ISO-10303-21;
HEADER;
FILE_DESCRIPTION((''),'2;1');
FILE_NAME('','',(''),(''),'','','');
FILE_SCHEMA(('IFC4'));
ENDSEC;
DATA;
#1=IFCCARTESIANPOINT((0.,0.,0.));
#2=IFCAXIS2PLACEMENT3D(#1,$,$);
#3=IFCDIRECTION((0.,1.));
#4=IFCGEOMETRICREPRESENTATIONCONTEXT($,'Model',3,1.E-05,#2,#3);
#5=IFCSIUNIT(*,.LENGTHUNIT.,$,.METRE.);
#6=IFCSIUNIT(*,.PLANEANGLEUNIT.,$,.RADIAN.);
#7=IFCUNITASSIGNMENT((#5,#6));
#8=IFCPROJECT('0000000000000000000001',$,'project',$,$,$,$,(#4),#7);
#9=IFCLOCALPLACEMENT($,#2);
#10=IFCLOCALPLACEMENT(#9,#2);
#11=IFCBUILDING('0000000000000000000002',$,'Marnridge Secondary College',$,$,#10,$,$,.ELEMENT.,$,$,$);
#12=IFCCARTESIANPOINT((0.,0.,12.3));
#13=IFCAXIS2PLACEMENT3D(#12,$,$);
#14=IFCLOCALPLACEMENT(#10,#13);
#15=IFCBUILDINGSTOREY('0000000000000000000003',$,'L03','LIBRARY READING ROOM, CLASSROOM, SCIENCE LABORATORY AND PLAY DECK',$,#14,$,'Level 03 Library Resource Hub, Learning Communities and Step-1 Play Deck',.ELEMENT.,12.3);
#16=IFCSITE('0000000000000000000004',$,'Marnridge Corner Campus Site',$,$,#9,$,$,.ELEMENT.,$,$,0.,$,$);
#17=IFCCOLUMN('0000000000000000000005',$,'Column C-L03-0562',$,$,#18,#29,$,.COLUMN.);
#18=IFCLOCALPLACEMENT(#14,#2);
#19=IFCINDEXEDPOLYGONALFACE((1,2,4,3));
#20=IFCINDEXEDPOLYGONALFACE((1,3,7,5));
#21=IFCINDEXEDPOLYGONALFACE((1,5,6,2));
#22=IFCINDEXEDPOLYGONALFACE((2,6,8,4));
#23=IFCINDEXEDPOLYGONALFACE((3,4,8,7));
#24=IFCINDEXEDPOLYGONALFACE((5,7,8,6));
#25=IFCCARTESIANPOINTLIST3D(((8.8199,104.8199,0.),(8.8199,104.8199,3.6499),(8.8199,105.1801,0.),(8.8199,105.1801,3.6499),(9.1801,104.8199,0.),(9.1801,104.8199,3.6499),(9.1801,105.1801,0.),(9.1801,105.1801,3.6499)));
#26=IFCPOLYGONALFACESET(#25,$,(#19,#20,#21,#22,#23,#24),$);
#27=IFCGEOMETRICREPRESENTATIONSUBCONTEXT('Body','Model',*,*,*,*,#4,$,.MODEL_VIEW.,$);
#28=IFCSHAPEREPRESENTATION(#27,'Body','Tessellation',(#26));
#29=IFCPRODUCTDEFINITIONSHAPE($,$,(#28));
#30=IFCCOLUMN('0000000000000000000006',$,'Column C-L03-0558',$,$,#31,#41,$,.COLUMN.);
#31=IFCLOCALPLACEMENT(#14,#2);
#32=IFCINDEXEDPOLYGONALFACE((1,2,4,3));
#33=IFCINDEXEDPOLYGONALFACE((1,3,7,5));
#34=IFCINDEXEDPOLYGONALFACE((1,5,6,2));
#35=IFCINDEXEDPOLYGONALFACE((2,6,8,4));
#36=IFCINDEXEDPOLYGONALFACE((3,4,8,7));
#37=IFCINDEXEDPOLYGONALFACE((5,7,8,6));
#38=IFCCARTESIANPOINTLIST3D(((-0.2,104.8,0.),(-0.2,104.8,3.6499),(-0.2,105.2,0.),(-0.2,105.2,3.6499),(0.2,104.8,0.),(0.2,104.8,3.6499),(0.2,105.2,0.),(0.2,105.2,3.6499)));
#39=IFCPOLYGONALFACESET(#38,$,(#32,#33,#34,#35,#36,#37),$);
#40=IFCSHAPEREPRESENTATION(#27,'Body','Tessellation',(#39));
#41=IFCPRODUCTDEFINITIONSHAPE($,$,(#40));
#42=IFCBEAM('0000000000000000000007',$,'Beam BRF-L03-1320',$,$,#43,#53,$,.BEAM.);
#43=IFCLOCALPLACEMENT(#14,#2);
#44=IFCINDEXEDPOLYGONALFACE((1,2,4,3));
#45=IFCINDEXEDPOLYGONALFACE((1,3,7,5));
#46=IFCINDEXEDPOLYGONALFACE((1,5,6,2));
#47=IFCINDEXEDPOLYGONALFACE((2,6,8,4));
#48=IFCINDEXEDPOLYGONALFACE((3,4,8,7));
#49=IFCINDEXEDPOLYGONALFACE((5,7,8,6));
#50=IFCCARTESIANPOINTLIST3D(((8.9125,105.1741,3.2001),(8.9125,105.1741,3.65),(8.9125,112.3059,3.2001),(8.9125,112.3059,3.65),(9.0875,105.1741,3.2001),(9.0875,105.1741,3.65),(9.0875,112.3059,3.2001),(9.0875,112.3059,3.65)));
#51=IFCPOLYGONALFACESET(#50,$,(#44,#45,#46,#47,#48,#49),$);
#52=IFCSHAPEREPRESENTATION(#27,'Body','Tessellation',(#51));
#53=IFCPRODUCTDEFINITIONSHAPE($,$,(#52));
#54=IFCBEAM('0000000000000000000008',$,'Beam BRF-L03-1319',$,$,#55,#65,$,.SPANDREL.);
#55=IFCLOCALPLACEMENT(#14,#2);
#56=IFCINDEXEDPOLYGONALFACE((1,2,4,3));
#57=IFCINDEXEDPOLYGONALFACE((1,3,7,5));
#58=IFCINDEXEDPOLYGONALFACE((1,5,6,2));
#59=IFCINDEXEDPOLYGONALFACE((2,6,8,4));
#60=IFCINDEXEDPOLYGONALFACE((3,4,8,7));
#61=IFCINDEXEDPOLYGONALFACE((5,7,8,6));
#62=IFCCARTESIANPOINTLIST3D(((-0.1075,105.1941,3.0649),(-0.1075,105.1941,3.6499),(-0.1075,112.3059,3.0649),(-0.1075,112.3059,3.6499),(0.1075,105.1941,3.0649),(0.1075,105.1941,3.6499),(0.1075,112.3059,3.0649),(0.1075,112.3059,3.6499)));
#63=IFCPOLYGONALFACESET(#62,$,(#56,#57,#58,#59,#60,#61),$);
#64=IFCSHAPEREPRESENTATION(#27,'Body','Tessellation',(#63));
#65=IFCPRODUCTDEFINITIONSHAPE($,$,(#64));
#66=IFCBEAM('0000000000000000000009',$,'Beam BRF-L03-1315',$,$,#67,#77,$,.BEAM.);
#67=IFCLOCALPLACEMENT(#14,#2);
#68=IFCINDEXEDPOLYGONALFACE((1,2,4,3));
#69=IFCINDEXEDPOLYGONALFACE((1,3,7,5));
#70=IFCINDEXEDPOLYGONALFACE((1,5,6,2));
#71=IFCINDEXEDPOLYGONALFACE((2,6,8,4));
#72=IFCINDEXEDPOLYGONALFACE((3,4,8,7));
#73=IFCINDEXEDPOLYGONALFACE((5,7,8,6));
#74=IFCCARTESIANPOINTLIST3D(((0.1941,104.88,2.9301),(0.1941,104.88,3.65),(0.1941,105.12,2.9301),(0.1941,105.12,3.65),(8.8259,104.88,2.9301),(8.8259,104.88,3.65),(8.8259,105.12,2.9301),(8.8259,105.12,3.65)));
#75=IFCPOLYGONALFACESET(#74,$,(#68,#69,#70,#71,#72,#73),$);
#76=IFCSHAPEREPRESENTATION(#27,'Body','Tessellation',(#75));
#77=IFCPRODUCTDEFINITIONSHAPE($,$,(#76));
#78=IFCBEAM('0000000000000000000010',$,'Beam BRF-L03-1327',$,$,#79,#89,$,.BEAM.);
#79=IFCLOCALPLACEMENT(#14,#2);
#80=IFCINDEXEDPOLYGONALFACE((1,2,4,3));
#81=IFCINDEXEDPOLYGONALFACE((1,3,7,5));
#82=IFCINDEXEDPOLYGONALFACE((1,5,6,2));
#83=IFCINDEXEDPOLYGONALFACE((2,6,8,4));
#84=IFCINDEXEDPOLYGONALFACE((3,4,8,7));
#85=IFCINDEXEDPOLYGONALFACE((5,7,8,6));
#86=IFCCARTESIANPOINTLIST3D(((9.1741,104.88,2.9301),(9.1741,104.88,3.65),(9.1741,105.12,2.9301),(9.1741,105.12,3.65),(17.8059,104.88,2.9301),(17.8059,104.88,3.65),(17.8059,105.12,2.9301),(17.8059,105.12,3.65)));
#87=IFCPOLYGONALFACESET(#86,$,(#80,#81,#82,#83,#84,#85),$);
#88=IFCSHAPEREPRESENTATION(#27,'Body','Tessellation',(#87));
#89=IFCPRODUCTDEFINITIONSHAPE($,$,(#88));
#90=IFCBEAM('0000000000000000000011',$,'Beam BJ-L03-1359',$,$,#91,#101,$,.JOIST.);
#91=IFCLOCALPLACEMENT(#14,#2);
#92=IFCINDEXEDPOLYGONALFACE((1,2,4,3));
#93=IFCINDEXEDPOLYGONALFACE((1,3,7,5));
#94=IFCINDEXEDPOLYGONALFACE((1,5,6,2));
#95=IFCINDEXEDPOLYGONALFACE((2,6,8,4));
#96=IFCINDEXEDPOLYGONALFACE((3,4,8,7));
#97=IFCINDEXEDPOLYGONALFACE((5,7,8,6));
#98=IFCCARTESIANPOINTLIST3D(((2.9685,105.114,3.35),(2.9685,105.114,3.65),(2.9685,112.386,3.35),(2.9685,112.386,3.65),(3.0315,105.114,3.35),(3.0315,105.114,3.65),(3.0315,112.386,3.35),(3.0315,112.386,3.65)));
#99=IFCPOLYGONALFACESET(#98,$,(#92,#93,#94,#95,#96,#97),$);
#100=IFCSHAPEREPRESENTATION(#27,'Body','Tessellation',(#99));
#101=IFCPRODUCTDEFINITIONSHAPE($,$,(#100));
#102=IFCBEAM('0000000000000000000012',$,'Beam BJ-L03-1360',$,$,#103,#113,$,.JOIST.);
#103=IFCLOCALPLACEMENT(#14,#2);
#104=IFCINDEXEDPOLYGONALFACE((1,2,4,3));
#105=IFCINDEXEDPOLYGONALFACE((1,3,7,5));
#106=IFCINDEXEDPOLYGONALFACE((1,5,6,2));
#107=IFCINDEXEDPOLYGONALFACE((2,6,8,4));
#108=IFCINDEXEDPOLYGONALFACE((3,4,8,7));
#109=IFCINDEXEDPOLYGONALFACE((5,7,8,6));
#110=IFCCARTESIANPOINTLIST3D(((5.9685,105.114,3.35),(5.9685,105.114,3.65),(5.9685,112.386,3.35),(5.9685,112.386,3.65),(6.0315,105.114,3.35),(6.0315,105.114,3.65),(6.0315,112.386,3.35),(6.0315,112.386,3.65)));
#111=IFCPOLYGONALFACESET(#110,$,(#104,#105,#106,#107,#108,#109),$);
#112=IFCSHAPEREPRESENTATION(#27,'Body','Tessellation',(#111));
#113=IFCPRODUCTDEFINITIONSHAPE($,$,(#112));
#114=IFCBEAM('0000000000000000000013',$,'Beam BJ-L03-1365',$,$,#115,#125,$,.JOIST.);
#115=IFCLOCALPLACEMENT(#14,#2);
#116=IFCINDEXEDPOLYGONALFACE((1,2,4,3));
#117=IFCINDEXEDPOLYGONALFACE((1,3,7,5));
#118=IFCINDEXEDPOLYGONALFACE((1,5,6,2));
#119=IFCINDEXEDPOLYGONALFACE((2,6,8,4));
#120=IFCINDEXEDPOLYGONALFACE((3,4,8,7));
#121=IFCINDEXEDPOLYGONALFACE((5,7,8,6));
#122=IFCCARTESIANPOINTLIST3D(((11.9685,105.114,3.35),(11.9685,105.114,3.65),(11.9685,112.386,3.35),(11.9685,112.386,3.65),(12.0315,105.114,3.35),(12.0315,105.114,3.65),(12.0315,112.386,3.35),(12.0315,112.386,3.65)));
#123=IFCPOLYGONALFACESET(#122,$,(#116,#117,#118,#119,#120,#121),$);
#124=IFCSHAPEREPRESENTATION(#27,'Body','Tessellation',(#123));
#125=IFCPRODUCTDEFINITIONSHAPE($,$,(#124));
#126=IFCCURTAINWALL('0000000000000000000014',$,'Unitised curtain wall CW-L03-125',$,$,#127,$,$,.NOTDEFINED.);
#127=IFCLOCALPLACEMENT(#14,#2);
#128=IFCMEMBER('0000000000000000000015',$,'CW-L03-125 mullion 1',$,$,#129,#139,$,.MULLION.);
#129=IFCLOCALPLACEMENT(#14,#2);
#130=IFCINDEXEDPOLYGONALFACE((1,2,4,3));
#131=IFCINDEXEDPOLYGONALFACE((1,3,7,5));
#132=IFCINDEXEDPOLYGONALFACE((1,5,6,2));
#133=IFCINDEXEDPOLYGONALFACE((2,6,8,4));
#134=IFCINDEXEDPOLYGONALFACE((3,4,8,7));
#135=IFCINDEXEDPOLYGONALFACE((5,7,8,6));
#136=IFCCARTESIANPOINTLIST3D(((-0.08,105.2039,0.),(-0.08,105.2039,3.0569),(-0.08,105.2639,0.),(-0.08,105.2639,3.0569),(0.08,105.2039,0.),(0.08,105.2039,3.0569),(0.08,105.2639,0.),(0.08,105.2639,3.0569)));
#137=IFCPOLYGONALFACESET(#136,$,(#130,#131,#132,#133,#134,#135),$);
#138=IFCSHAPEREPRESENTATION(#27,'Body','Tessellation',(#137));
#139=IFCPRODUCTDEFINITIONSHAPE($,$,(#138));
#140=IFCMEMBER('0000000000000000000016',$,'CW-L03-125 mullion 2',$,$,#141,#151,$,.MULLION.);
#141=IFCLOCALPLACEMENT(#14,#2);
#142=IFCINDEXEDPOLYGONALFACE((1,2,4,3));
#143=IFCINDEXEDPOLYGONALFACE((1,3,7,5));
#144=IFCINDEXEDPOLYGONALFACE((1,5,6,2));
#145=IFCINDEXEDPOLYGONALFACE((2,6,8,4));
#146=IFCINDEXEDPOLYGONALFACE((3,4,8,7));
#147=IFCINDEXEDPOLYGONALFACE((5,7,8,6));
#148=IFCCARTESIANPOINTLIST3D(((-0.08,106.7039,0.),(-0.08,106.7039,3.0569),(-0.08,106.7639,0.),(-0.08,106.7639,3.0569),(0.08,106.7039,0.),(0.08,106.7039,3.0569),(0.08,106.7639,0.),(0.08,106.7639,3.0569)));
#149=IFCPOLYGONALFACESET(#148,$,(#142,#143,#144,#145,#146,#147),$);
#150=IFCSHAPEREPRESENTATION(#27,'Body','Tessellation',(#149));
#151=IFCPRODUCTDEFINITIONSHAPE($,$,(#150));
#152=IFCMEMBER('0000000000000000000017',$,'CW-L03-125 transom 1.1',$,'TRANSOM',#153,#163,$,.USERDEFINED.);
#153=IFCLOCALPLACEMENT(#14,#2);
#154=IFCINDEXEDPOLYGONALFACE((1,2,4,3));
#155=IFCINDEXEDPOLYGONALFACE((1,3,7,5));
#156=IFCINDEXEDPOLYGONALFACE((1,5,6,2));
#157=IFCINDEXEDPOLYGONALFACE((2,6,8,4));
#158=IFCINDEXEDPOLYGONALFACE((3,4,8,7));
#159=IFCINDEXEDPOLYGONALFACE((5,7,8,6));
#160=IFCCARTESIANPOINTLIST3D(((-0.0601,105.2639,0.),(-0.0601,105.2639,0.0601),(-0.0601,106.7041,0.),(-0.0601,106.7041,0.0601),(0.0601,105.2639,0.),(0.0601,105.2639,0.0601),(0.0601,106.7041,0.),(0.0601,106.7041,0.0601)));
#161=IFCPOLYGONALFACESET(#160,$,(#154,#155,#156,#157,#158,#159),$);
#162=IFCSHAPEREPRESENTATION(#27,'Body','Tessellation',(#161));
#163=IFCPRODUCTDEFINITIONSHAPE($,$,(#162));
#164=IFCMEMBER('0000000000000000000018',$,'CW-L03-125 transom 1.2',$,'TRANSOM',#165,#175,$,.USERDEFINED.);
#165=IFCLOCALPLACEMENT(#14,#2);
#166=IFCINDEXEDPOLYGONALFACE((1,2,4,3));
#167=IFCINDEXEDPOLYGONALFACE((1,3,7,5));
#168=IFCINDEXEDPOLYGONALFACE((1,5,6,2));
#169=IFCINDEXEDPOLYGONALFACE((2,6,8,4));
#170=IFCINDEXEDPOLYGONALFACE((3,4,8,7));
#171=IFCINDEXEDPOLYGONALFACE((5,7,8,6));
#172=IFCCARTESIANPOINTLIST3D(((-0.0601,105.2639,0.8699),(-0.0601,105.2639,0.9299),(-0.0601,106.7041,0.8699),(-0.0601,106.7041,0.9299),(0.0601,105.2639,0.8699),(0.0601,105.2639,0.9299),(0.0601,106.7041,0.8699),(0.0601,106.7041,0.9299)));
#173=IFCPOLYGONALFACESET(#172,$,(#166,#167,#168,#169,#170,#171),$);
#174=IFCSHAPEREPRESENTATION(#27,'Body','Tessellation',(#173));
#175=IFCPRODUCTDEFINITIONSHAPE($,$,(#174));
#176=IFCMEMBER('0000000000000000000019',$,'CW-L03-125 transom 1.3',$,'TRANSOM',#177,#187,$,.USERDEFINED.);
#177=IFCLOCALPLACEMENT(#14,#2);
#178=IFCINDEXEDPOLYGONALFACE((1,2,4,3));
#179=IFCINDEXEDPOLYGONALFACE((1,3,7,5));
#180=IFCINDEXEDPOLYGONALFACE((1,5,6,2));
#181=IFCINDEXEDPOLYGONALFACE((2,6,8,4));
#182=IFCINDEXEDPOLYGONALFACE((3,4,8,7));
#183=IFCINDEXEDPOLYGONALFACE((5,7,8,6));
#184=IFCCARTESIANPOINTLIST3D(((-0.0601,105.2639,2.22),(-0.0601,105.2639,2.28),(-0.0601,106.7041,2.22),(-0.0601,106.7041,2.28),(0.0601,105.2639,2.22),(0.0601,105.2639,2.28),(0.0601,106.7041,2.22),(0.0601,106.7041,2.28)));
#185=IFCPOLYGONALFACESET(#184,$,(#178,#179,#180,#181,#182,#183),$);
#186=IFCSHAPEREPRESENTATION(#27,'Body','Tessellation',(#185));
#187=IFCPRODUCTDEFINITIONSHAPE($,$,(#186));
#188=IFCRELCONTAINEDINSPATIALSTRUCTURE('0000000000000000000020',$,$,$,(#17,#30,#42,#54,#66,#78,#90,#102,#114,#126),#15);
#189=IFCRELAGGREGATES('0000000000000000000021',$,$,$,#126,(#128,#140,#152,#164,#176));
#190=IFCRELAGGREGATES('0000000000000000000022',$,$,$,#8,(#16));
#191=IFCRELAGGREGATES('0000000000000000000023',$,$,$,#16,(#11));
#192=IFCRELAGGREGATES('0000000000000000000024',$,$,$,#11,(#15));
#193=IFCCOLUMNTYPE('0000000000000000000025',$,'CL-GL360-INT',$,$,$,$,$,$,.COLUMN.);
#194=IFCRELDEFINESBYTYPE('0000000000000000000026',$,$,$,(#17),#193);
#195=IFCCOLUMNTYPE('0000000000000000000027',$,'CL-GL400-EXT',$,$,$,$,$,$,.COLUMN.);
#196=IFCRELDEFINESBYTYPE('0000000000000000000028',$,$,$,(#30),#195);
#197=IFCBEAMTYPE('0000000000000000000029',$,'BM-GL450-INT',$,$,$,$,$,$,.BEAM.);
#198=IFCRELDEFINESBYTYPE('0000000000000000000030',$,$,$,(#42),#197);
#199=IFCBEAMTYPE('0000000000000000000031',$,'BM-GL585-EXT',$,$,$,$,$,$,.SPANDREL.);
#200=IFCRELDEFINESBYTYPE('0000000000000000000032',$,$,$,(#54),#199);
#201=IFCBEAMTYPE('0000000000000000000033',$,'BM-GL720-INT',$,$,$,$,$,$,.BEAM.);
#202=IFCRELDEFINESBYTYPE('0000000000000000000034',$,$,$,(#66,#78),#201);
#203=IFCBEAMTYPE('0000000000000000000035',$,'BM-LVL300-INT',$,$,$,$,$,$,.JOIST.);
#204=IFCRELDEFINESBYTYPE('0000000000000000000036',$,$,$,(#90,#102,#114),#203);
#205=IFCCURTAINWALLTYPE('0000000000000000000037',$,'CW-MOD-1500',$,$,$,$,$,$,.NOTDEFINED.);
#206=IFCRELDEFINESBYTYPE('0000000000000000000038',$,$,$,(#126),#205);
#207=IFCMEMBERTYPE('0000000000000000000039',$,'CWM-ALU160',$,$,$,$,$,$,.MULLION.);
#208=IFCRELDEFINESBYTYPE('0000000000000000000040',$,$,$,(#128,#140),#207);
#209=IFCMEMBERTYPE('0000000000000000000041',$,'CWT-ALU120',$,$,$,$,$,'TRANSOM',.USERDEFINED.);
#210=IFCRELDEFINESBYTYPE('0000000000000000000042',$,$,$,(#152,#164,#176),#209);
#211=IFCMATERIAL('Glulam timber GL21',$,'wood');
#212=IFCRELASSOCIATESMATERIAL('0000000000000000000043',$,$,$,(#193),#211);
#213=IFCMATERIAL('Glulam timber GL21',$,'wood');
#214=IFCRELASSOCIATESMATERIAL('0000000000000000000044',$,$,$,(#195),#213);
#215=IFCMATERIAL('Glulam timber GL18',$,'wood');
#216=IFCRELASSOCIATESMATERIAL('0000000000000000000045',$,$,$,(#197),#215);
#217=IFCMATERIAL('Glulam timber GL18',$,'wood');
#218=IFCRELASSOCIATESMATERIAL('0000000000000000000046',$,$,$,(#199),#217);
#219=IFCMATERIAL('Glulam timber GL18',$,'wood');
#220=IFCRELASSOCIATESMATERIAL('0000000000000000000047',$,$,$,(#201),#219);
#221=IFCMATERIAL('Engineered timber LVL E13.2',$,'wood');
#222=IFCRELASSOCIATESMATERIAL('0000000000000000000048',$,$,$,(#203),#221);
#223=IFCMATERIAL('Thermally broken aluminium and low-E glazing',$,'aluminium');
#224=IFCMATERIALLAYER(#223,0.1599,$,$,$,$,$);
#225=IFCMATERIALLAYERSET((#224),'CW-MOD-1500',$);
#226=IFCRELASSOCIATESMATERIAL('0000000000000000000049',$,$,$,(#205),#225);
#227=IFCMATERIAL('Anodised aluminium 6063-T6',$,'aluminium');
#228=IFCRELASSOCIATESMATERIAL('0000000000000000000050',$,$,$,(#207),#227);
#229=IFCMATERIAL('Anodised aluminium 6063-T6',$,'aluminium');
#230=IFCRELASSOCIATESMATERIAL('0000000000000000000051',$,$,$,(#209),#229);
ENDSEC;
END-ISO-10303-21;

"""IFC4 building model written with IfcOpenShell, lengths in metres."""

from ifc_helpers import new_model, si_unit, direction, frame, origin, origin_2d, place, context, subcontext, project, spatial, rectangle, extrude, material, layer, layer_set, material_profile, profile_set, type_object, element, aggregate, save


model = new_model("IFC4")

# Units and contexts
model_context = context("Model", 3, precision=1e-05, world=origin(), true_north=direction((0.0, 1.0)))
body_context = subcontext(model_context, "Body", "Model", "MODEL_VIEW")
ifc_project = project(units=[si_unit("LENGTHUNIT", "METRE"), si_unit("PLANEANGLEUNIT", "RADIAN")], contexts=[model_context])

# Site, building, storey
site_placement = place(None, origin())
site = spatial("IfcSite", under=ifc_project, at=site_placement, Name="Marnridge Corner Campus Site", CompositionType="ELEMENT", RefElevation=0.0)
building_placement = place(site_placement, origin())
building = spatial("IfcBuilding", under=site, at=building_placement, Name="Marnridge Secondary College", CompositionType="ELEMENT")
storey_placement = place(building_placement, frame((0.0, 0.0, 12.3)))
storey = spatial("IfcBuildingStorey", under=building, at=storey_placement, Name="L03", Description="LIBRARY READING ROOM, CLASSROOM, SCIENCE LABORATORY AND PLAY DECK", LongName="Level 03 Library Resource Hub, Learning Communities and Step-1 Play Deck", CompositionType="ELEMENT", Elevation=12.3)

# Columns
ifc_material_1 = material(Name="Glulam timber GL21", Category="wood")
ifc_material_profile_1 = material_profile(ifc_material_1, rectangle(XDim=0.3601, YDim=0.3601, at=origin_2d()), Name="GL21 360x360")
ifc_profile_set_1 = profile_set([ifc_material_profile_1], Name="Glulam timber GL21")
column_type_1 = type_object("IfcColumnType", Name="CL-GL360-INT", PredefinedType="COLUMN", material=ifc_profile_set_1)
column_1_placement = place(storey_placement, frame((9.0, 105.0, 0.0), z_axis=(0.0, 0.0, 1.0), x_axis=(1.0, 0.0, 0.0)))
element("IfcColumn", 1, at=column_1_placement, inside=storey, type_object=column_type_1, Name="Column C-L03-0562", PredefinedType="COLUMN", context=body_context, shape_type="SweptSolid", body=[
    extrude(rectangle(XDim=0.3601, YDim=0.3601, at=origin_2d()), origin(), (0.0, 0.0, 1.0), 3.6499),
])
ifc_material_2 = material(Name="Glulam timber GL21", Category="wood")
ifc_material_profile_2 = material_profile(ifc_material_2, rectangle(XDim=0.3999, YDim=0.3999, at=origin_2d()), Name="GL21 400x400")
ifc_profile_set_2 = profile_set([ifc_material_profile_2], Name="Glulam timber GL21")
column_type_2 = type_object("IfcColumnType", Name="CL-GL400-EXT", PredefinedType="COLUMN", material=ifc_profile_set_2)
column_2_placement = place(storey_placement, frame((0.0, 105.0, 0.0), z_axis=(0.0, 0.0, 1.0), x_axis=(1.0, 0.0, 0.0)))
element("IfcColumn", 2, at=column_2_placement, inside=storey, type_object=column_type_2, Name="Column C-L03-0558", PredefinedType="COLUMN", context=body_context, shape_type="SweptSolid", body=[
    extrude(rectangle(XDim=0.3999, YDim=0.3999, at=origin_2d()), origin(), (0.0, 0.0, 1.0), 3.6499),
])

# Beams
ifc_material_3 = material(Name="Glulam timber GL18", Category="wood")
ifc_material_profile_3 = material_profile(ifc_material_3, rectangle(XDim=0.175, YDim=0.45, at=origin_2d()), Name="GL18 175x450")
ifc_profile_set_3 = profile_set([ifc_material_profile_3], Name="Glulam timber GL18")
beam_type_1 = type_object("IfcBeamType", Name="BM-GL450-INT", PredefinedType="BEAM", material=ifc_profile_set_3)
beam_1_placement = place(storey_placement, frame((9.0, 105.1741, 3.425), z_axis=(0.0, 1.0, 0.0), x_axis=(-1.0, 0.0, 0.0)))
element("IfcBeam", 3, at=beam_1_placement, inside=storey, type_object=beam_type_1, Name="Beam BRF-L03-1320", PredefinedType="BEAM", context=body_context, shape_type="SweptSolid", body=[
    extrude(rectangle(XDim=0.175, YDim=0.45, at=origin_2d()), origin(), (0.0, 0.0, 1.0), 7.1318),
])
ifc_material_4 = material(Name="Glulam timber GL18", Category="wood")
ifc_material_profile_4 = material_profile(ifc_material_4, rectangle(XDim=0.2151, YDim=0.585, at=origin_2d()), Name="GL18 215x585")
ifc_profile_set_4 = profile_set([ifc_material_profile_4], Name="Glulam timber GL18")
beam_type_2 = type_object("IfcBeamType", Name="BM-GL585-EXT", PredefinedType="SPANDREL", material=ifc_profile_set_4)
beam_2_placement = place(storey_placement, frame((0.0, 105.1941, 3.3574), z_axis=(0.0, 1.0, 0.0), x_axis=(-1.0, 0.0, 0.0)))
element("IfcBeam", 4, at=beam_2_placement, inside=storey, type_object=beam_type_2, Name="Beam BRF-L03-1319", PredefinedType="SPANDREL", context=body_context, shape_type="SweptSolid", body=[
    extrude(rectangle(XDim=0.2151, YDim=0.585, at=origin_2d()), origin(), (0.0, 0.0, 1.0), 7.1118),
])
ifc_material_5 = material(Name="Glulam timber GL18", Category="wood")
ifc_material_profile_5 = material_profile(ifc_material_5, rectangle(XDim=0.24, YDim=0.72, at=origin_2d()), Name="GL18 240x720")
ifc_profile_set_5 = profile_set([ifc_material_profile_5], Name="Glulam timber GL18")
beam_type_3 = type_object("IfcBeamType", Name="BM-GL720-INT", PredefinedType="BEAM", material=ifc_profile_set_5)
for number, where, z_axis, x_axis, name in (
    (5, (0.1941, 105.0, 3.29), (1.0, 0.0, 0.0), (0.0, 1.0, 0.0), "Beam BRF-L03-1315"),
    (6, (9.1741, 105.0, 3.29), (1.0, 0.0, 0.0), (0.0, 1.0, 0.0), "Beam BRF-L03-1327"),
):
    element("IfcBeam", number, at=place(storey_placement, frame(where, z_axis=z_axis, x_axis=x_axis)), inside=storey, type_object=beam_type_3, Name=name, PredefinedType="BEAM", context=body_context, shape_type="SweptSolid", body=[
        extrude(rectangle(XDim=0.24, YDim=0.72, at=origin_2d()), origin(), (0.0, 0.0, 1.0), 8.6318),
    ])
ifc_material_6 = material(Name="Engineered timber LVL E13.2", Category="wood")
ifc_material_profile_6 = material_profile(ifc_material_6, rectangle(XDim=0.063, YDim=0.3, at=origin_2d()), Name="LVL 63x300")
ifc_profile_set_6 = profile_set([ifc_material_profile_6], Name="Engineered timber LVL E13.2")
beam_type_4 = type_object("IfcBeamType", Name="BM-LVL300-INT", PredefinedType="JOIST", material=ifc_profile_set_6)
for number, where, z_axis, x_axis, name in (
    (7, (3.0, 105.114, 3.5), (0.0, 1.0, 0.0), (-1.0, 0.0, 0.0), "Beam BJ-L03-1359"),
    (8, (6.0, 105.114, 3.5), (0.0, 1.0, 0.0), (-1.0, 0.0, 0.0), "Beam BJ-L03-1360"),
    (9, (12.0, 105.114, 3.5), (0.0, 1.0, 0.0), (-1.0, 0.0, 0.0), "Beam BJ-L03-1365"),
):
    element("IfcBeam", number, at=place(storey_placement, frame(where, z_axis=z_axis, x_axis=x_axis)), inside=storey, type_object=beam_type_4, Name=name, PredefinedType="JOIST", context=body_context, shape_type="SweptSolid", body=[
        extrude(rectangle(XDim=0.063, YDim=0.3, at=origin_2d()), origin(), (0.0, 0.0, 1.0), 7.272),
    ])

# Curtain wall, members
ifc_material_7 = material(Name="Thermally broken aluminium and low-E glazing", Category="aluminium")
ifc_layer_1 = layer(ifc_material_7, 0.1599)
ifc_layer_set_1 = layer_set([ifc_layer_1], Name="CW-MOD-1500")
curtain_wall_type = type_object("IfcCurtainWallType", Name="CW-MOD-1500", PredefinedType="NOTDEFINED", material=ifc_layer_set_1)
curtain_wall_placement = place(storey_placement, origin())
curtain_wall = element("IfcCurtainWall", 10, at=curtain_wall_placement, inside=storey, type_object=curtain_wall_type, Name="Unitised curtain wall CW-L03-125", PredefinedType="NOTDEFINED")
ifc_material_8 = material(Name="Anodised aluminium 6063-T6", Category="aluminium")
ifc_material_profile_7 = material_profile(ifc_material_8, rectangle(XDim=0.0601, YDim=0.1599, at=origin_2d()), Name="ALU 60x160")
ifc_profile_set_7 = profile_set([ifc_material_profile_7], Name="Anodised aluminium 6063-T6")
member_type_1 = type_object("IfcMemberType", Name="CWM-ALU160", PredefinedType="MULLION", material=ifc_profile_set_7)
member_1_placement = place(storey_placement, frame((0.0, 105.2339, 0.0), z_axis=(0.0, 0.0, 1.0), x_axis=(0.0, 1.0, 0.0)))
member_1 = element("IfcMember", 11, at=member_1_placement, type_object=member_type_1, Name="CW-L03-125 mullion 1", PredefinedType="MULLION", context=body_context, shape_type="SweptSolid", body=[
    extrude(rectangle(XDim=0.0601, YDim=0.1599, at=origin_2d()), origin(), (0.0, 0.0, 1.0), 3.0569),
])
member_2_placement = place(storey_placement, frame((0.0, 106.7339, 0.0), z_axis=(0.0, 0.0, 1.0), x_axis=(0.0, 1.0, 0.0)))
member_2 = element("IfcMember", 12, at=member_2_placement, type_object=member_type_1, Name="CW-L03-125 mullion 2", PredefinedType="MULLION", context=body_context, shape_type="SweptSolid", body=[
    extrude(rectangle(XDim=0.0601, YDim=0.1599, at=origin_2d()), origin(), (0.0, 0.0, 1.0), 3.0569),
])
ifc_material_9 = material(Name="Anodised aluminium 6063-T6", Category="aluminium")
ifc_material_profile_8 = material_profile(ifc_material_9, rectangle(XDim=0.0601, YDim=0.1201, at=origin_2d()), Name="ALU 60x120")
ifc_profile_set_8 = profile_set([ifc_material_profile_8], Name="Anodised aluminium 6063-T6")
member_type_2 = type_object("IfcMemberType", Name="CWT-ALU120", ElementType="TRANSOM", PredefinedType="USERDEFINED", material=ifc_profile_set_8)
member_3_placement = place(storey_placement, frame((0.0, 105.2639, 0.03), z_axis=(0.0, 1.0, 0.0), x_axis=(0.0, 0.0, 1.0)))
member_3 = element("IfcMember", 13, at=member_3_placement, type_object=member_type_2, Name="CW-L03-125 transom 1.1", ObjectType="TRANSOM", PredefinedType="USERDEFINED", context=body_context, shape_type="SweptSolid", body=[
    extrude(rectangle(XDim=0.0601, YDim=0.1201, at=origin_2d()), origin(), (0.0, 0.0, 1.0), 1.4402),
])
member_4_placement = place(storey_placement, frame((0.0, 105.2639, 0.8999), z_axis=(0.0, 1.0, 0.0), x_axis=(0.0, 0.0, 1.0)))
member_4 = element("IfcMember", 14, at=member_4_placement, type_object=member_type_2, Name="CW-L03-125 transom 1.2", ObjectType="TRANSOM", PredefinedType="USERDEFINED", context=body_context, shape_type="SweptSolid", body=[
    extrude(rectangle(XDim=0.0601, YDim=0.1201, at=origin_2d()), origin(), (0.0, 0.0, 1.0), 1.4402),
])
member_5_placement = place(storey_placement, frame((0.0, 105.2639, 2.25), z_axis=(0.0, 1.0, 0.0), x_axis=(0.0, 0.0, 1.0)))
member_5 = element("IfcMember", 15, at=member_5_placement, type_object=member_type_2, Name="CW-L03-125 transom 1.3", ObjectType="TRANSOM", PredefinedType="USERDEFINED", context=body_context, shape_type="SweptSolid", body=[
    extrude(rectangle(XDim=0.0601, YDim=0.1201, at=origin_2d()), origin(), (0.0, 0.0, 1.0), 1.4402),
])
aggregate(curtain_wall, [member_1, member_2, member_3, member_4, member_5])

save(model, "model.ifc")
